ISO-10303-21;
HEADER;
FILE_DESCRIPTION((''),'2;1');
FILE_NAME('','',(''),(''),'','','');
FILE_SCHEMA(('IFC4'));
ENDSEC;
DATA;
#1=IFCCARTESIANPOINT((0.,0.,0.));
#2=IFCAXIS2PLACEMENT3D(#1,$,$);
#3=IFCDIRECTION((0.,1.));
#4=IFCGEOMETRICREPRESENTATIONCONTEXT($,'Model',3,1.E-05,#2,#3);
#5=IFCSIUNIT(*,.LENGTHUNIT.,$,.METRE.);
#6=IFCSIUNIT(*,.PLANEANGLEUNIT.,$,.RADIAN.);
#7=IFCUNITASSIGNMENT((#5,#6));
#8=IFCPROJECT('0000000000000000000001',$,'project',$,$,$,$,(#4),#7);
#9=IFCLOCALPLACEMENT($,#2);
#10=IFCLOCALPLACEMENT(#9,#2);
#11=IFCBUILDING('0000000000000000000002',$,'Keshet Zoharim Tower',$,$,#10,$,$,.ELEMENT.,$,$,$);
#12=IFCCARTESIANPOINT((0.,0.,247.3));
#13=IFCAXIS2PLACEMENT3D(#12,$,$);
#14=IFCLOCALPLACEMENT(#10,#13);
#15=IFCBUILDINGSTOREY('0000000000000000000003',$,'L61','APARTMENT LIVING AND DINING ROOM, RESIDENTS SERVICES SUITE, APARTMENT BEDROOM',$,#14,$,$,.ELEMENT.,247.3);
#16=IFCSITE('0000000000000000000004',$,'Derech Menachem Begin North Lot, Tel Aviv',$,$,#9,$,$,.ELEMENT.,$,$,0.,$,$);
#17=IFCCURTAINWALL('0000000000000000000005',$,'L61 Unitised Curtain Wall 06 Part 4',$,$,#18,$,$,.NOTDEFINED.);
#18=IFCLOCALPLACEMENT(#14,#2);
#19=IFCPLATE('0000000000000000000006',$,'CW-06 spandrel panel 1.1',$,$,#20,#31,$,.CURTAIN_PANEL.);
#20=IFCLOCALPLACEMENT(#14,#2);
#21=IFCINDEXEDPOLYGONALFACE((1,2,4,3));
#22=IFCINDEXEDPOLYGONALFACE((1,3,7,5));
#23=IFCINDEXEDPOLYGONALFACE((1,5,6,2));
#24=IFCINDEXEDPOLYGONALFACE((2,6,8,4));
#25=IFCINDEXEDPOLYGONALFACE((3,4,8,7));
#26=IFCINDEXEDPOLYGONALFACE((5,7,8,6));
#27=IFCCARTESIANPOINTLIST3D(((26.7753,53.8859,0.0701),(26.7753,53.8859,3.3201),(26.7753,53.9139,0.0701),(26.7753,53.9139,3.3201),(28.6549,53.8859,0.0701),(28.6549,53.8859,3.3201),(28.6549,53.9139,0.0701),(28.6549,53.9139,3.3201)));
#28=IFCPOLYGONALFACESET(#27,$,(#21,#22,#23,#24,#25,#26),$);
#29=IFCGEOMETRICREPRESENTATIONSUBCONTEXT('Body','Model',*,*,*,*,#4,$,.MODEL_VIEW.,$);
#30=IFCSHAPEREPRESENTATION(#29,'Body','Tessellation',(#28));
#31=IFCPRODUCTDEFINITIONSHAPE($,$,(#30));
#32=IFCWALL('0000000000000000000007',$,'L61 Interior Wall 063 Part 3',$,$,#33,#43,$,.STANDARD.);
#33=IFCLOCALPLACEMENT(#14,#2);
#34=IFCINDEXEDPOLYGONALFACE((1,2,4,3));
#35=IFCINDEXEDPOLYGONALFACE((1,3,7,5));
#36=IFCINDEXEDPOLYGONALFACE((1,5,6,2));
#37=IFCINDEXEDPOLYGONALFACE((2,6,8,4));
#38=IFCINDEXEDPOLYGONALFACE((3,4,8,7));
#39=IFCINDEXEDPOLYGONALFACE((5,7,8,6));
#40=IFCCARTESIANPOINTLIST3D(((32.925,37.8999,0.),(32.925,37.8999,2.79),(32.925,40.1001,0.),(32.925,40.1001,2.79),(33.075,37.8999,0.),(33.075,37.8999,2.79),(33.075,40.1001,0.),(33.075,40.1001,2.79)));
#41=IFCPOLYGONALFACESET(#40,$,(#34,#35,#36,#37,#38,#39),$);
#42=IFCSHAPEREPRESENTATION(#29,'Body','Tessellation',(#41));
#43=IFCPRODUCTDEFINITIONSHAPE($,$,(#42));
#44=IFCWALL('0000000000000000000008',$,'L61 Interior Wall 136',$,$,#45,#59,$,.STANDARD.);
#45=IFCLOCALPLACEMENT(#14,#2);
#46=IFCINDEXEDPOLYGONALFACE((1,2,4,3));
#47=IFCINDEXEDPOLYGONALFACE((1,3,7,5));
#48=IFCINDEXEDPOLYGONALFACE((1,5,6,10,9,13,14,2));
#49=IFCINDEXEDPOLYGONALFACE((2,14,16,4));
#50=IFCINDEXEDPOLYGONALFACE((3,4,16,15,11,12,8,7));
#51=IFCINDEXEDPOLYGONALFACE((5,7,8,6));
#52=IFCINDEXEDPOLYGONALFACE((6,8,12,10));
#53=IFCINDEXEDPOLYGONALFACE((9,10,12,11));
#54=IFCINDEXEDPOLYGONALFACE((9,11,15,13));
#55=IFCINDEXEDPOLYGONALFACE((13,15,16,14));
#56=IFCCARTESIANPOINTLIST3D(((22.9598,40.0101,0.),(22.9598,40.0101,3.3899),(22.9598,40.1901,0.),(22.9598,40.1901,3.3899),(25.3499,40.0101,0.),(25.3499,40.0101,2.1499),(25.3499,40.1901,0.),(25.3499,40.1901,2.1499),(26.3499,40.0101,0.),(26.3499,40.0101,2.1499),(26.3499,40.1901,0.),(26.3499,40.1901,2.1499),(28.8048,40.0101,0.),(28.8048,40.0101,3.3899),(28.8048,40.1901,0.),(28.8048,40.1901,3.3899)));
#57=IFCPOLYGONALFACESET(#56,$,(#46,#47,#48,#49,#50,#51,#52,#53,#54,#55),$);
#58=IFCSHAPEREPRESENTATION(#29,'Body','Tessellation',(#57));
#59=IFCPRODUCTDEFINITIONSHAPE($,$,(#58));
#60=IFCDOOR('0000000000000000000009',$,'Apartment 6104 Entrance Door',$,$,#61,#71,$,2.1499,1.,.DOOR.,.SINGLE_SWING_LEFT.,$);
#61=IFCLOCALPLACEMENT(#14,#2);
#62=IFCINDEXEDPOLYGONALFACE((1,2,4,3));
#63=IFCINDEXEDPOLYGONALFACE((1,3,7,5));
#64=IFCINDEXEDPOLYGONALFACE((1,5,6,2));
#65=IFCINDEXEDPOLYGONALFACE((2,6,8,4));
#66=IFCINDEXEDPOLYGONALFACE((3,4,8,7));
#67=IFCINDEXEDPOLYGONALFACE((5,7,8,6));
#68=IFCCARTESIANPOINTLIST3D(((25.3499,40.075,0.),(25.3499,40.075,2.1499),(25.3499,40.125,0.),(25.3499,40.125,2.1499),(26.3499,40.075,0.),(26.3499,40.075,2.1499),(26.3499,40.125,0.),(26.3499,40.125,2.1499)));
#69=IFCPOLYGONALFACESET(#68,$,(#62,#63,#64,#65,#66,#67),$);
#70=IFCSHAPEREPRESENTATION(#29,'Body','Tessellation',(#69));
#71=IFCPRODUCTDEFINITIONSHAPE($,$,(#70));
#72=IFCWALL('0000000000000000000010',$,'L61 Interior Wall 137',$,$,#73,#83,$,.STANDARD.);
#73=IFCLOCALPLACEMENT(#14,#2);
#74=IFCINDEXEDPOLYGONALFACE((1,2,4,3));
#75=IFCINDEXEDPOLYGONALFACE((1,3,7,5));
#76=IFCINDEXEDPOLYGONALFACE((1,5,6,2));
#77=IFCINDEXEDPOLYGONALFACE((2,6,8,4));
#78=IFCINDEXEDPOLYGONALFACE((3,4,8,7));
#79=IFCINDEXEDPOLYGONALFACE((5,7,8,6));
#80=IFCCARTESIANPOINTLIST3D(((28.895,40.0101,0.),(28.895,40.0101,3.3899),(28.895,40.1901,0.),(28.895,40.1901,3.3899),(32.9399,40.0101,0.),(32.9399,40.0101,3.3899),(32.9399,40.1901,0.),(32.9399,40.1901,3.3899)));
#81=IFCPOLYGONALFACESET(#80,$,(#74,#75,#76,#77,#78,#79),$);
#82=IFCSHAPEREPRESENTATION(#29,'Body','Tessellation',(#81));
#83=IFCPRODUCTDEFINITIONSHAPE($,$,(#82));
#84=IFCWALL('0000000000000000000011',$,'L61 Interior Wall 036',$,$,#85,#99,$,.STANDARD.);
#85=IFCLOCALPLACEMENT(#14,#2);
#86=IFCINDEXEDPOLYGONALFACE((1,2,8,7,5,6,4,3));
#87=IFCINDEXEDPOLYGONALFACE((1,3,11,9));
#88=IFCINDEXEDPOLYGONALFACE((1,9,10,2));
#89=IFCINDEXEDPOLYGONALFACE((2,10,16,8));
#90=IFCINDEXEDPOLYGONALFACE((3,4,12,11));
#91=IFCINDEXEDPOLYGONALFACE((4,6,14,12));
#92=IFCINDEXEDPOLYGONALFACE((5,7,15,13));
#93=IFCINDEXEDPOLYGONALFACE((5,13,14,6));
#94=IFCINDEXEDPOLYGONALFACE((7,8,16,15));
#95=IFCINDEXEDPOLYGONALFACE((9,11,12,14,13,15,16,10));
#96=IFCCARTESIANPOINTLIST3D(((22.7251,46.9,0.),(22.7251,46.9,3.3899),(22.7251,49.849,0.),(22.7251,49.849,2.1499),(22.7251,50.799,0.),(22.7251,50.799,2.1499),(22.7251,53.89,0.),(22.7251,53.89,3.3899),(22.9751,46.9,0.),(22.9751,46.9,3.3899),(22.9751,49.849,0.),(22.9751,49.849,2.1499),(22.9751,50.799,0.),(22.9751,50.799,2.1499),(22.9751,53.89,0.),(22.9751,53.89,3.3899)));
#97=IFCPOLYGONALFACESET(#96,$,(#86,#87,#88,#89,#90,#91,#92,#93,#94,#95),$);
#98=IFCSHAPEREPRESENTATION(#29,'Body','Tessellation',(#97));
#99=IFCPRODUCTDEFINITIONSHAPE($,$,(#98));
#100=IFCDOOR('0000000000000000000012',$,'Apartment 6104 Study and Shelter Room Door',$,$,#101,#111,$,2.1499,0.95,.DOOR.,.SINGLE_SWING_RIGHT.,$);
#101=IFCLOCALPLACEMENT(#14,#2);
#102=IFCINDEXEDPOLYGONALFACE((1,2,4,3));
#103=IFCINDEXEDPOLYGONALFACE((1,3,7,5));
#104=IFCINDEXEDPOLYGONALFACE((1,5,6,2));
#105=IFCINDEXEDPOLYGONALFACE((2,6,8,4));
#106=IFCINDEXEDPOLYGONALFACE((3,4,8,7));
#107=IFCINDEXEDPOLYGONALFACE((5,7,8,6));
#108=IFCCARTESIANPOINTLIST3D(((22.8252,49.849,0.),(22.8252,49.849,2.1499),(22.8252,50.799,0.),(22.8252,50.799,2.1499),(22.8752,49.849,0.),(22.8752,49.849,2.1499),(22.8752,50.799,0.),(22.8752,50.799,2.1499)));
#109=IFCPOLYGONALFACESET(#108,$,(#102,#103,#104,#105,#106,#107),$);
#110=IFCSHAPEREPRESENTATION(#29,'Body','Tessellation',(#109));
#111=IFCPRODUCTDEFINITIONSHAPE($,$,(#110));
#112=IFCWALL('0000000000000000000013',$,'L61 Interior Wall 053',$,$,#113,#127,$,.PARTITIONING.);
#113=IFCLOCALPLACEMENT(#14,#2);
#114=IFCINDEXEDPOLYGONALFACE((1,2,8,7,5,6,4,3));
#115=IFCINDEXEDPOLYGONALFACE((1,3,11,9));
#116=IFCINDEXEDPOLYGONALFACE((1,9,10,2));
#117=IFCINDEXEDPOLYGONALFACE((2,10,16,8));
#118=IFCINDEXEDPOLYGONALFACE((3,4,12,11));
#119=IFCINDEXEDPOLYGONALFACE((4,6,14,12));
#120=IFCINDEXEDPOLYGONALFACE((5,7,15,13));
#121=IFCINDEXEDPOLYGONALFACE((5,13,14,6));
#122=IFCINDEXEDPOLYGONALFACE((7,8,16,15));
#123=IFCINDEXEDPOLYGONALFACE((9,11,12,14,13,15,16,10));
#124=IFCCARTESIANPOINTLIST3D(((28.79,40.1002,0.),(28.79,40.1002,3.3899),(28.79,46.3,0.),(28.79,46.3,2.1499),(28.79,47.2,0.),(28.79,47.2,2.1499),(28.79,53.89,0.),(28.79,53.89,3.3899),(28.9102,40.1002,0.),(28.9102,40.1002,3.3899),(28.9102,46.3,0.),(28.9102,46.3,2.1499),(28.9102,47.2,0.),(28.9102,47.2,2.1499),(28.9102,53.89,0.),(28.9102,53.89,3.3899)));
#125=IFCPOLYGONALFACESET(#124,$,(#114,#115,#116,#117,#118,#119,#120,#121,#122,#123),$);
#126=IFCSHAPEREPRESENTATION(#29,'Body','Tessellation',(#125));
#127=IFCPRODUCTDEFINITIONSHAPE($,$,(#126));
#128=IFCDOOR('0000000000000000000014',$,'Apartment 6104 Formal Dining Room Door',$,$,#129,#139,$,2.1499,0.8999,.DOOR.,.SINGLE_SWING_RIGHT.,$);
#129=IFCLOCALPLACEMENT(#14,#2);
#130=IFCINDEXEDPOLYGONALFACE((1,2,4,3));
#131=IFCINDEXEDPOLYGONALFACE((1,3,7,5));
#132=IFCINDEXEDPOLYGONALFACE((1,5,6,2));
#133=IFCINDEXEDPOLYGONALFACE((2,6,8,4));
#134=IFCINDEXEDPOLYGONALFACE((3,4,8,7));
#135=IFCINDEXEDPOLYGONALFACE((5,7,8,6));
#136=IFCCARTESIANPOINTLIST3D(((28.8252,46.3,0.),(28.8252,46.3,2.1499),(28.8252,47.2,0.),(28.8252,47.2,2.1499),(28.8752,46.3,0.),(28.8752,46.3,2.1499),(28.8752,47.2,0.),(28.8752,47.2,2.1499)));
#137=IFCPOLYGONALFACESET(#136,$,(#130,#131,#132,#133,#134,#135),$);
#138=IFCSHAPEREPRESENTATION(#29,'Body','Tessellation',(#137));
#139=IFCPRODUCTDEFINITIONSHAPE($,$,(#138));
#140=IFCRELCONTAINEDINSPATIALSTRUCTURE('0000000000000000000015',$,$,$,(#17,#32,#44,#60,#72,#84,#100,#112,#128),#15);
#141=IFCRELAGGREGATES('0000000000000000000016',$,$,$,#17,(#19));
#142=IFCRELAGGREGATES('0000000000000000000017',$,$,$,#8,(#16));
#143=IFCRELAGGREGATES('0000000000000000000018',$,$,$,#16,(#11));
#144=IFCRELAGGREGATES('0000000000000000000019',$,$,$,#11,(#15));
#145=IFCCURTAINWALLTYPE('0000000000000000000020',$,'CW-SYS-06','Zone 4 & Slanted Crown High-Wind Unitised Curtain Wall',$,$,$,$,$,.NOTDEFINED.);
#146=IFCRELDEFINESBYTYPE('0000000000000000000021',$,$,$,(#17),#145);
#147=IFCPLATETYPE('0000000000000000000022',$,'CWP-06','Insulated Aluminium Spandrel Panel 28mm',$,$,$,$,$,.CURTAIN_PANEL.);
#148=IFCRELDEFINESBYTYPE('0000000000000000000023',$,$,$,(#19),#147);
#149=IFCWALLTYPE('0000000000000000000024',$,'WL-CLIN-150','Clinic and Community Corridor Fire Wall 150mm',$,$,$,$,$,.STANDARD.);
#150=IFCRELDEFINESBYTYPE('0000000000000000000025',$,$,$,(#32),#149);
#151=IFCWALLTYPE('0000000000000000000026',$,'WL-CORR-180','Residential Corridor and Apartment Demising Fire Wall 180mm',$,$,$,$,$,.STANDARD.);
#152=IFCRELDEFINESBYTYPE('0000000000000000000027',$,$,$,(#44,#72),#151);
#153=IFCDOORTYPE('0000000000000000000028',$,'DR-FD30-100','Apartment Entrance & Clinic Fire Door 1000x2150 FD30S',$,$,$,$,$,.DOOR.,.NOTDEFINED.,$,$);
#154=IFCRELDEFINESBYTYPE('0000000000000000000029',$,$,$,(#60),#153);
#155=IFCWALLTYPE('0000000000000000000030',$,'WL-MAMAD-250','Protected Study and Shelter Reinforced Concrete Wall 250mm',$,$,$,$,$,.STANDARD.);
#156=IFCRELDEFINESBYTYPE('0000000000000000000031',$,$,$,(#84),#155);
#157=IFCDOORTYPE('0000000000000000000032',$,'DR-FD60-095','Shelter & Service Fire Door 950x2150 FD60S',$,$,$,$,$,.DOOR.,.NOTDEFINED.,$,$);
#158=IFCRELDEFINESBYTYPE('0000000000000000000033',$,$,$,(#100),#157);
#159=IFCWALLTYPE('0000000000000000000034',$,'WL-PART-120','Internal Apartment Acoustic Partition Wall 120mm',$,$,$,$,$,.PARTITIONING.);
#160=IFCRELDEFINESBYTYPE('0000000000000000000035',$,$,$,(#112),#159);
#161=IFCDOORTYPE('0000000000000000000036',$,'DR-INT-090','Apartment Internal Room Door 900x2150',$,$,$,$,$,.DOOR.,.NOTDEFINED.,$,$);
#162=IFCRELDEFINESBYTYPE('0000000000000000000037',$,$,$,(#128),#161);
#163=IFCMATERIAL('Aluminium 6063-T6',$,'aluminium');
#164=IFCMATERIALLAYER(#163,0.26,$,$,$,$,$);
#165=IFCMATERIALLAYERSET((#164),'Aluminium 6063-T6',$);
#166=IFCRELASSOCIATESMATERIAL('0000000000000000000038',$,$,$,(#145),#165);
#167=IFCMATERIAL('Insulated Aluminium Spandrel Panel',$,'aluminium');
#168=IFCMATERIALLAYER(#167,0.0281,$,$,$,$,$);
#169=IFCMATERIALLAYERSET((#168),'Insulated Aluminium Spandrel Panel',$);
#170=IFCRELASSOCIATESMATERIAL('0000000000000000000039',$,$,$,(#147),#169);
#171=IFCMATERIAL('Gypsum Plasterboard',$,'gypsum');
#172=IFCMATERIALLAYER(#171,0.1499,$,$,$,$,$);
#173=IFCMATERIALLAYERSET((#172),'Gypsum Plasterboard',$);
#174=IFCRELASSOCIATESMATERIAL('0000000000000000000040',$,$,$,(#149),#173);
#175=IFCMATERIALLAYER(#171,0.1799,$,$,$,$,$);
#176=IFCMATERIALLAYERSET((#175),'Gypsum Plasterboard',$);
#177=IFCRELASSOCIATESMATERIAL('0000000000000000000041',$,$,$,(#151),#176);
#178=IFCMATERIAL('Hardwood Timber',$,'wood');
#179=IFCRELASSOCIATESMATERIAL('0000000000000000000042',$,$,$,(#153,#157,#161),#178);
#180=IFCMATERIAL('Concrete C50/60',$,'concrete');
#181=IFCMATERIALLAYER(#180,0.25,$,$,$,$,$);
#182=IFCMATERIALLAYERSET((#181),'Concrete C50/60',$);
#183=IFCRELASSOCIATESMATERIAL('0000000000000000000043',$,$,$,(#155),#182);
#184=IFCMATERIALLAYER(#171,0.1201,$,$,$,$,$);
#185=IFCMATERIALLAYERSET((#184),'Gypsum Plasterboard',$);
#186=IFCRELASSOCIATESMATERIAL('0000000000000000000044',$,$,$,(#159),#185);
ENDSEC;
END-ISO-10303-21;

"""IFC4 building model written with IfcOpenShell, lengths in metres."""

from ifc_helpers import new_model, si_unit, direction, frame, frame_2d, origin, origin_2d, place, context, subcontext, project, spatial, rectangle, extrude, material, layer, layer_set, type_object, element, fill, aggregate, save


model = new_model("IFC4")

# Units and contexts
model_context = context("Model", 3, precision=1e-05, world=origin(), true_north=direction((0.0, 1.0)))
body_context = subcontext(model_context, "Body", "Model", "MODEL_VIEW")
ifc_project = project(units=[si_unit("LENGTHUNIT", "METRE"), si_unit("PLANEANGLEUNIT", "RADIAN")], contexts=[model_context])

# Site, building, storey
site_placement = place(None, origin())
site = spatial("IfcSite", under=ifc_project, at=site_placement, Name="Derech Menachem Begin North Lot, Tel Aviv", CompositionType="ELEMENT", RefElevation=0.0)
building_placement = place(site_placement, origin())
building = spatial("IfcBuilding", under=site, at=building_placement, Name="Keshet Zoharim Tower", CompositionType="ELEMENT")
storey_placement = place(building_placement, frame((0.0, 0.0, 247.3)))
storey = spatial("IfcBuildingStorey", under=building, at=storey_placement, Name="L61", Description="APARTMENT LIVING AND DINING ROOM, RESIDENTS SERVICES SUITE, APARTMENT BEDROOM", CompositionType="ELEMENT", Elevation=247.3)

# Shared definitions
ifc_material_1 = material(Name="Aluminium 6063-T6", Category="aluminium")
ifc_layer_1 = layer(ifc_material_1, 0.26)
ifc_layer_set_1 = layer_set([ifc_layer_1], Name="Aluminium 6063-T6")
curtain_wall_type = type_object("IfcCurtainWallType", Name="CW-SYS-06", Description="Zone 4 & Slanted Crown High-Wind Unitised Curtain Wall", PredefinedType="NOTDEFINED", material=ifc_layer_set_1)

# Curtain wall
curtain_wall_1_placement = place(storey_placement, origin())
curtain_wall_1 = element("IfcCurtainWall", 1, at=curtain_wall_1_placement, inside=storey, type_object=curtain_wall_type, Name="L61 Unitised Curtain Wall 06 Part 4", PredefinedType="NOTDEFINED")

# Plate
ifc_material_2 = material(Name="Insulated Aluminium Spandrel Panel", Category="aluminium")
ifc_layer_2 = layer(ifc_material_2, 0.0281)
ifc_layer_set_2 = layer_set([ifc_layer_2], Name="Insulated Aluminium Spandrel Panel")
plate_type_1 = type_object("IfcPlateType", Name="CWP-06", Description="Insulated Aluminium Spandrel Panel 28mm", PredefinedType="CURTAIN_PANEL", material=ifc_layer_set_2)
plate_1_placement = place(storey_placement, frame((27.7151, 53.8999, 0.0701), z_axis=(0.0, 0.0, 1.0), x_axis=(1.0, 0.0, 0.0)))
plate_1 = element("IfcPlate", 2, at=plate_1_placement, type_object=plate_type_1, Name="CW-06 spandrel panel 1.1", PredefinedType="CURTAIN_PANEL", context=body_context, shape_type="SweptSolid", body=[
    extrude(rectangle(XDim=1.8796, YDim=0.0281, at=origin_2d()), origin(), (0.0, 0.0, 1.0), 3.25),
])
aggregate(curtain_wall_1, [plate_1])

# Wall
ifc_material_3 = material(Name="Gypsum Plasterboard", Category="gypsum")
ifc_layer_3 = layer(ifc_material_3, 0.1499)
ifc_layer_set_3 = layer_set([ifc_layer_3], Name="Gypsum Plasterboard")
wall_type_1 = type_object("IfcWallType", Name="WL-CLIN-150", Description="Clinic and Community Corridor Fire Wall 150mm", PredefinedType="STANDARD", material=ifc_layer_set_3)
wall_1_placement = place(storey_placement, frame((33.0, 37.8999, 0.0), z_axis=(0.0, 0.0, 1.0), x_axis=(0.0, 1.0, 0.0)))
element("IfcWall", 3, at=wall_1_placement, inside=storey, type_object=wall_type_1, Name="L61 Interior Wall 063 Part 3", PredefinedType="STANDARD", context=body_context, shape_type="SweptSolid", body=[
    extrude(rectangle(XDim=2.2002, YDim=0.1499, at=frame_2d((1.1001, 0.0))), origin(), (0.0, 0.0, 1.0), 2.79),
])

# Wall, opening, door
ifc_layer_4 = layer(ifc_material_3, 0.1799)
ifc_layer_set_4 = layer_set([ifc_layer_4], Name="Gypsum Plasterboard")
wall_type_2 = type_object("IfcWallType", Name="WL-CORR-180", Description="Residential Corridor and Apartment Demising Fire Wall 180mm", PredefinedType="STANDARD", material=ifc_layer_set_4)
wall_2_placement = place(storey_placement, frame((22.96, 40.1001, 0.0), z_axis=(0.0, 0.0, 1.0), x_axis=(1.0, 0.0, 0.0)))
wall_2 = element("IfcWall", 4, at=wall_2_placement, inside=storey, type_object=wall_type_2, Name="L61 Interior Wall 136", PredefinedType="STANDARD", context=body_context, shape_type="SweptSolid", body=[
    extrude(rectangle(XDim=5.845, YDim=0.1799, at=frame_2d((2.9224, 0.0))), origin(), (0.0, 0.0, 1.0), 3.3899),
])
opening_1_placement = place(wall_2_placement, frame((2.3899, 0.0, 0.0)))
opening_1 = element("IfcOpeningElement", 5, at=opening_1_placement, cuts=wall_2, PredefinedType="OPENING", context=body_context, shape_type="SweptSolid", body=[
    extrude(rectangle(XDim=1.0, YDim=2.1499, at=frame_2d((0.5, 1.075))), frame((0.0, 0.1001, 0.0), z_axis=(0.0, -1.0, 0.0), x_axis=(1.0, 0.0, 0.0)), (0.0, 0.0, 1.0), 0.2),
])
ifc_material_4 = material(Name="Hardwood Timber", Category="wood")
door_type_1 = type_object("IfcDoorType", Name="DR-FD30-100", Description="Apartment Entrance & Clinic Fire Door 1000x2150 FD30S", OperationType="NOTDEFINED", PredefinedType="DOOR", material=ifc_material_4)
door_1_placement = place(opening_1_placement, origin())
door_1 = element("IfcDoor", 6, at=door_1_placement, inside=storey, type_object=door_type_1, Name="Apartment 6104 Entrance Door", OperationType="SINGLE_SWING_LEFT", OverallHeight=2.1499, OverallWidth=1.0, PredefinedType="DOOR", context=body_context, shape_type="SweptSolid", body=[
    extrude(rectangle(XDim=1.0, YDim=2.1499, at=frame_2d((0.5, 1.075))), frame((0.0, 0.0249, 0.0), z_axis=(0.0, -1.0, 0.0), x_axis=(1.0, 0.0, 0.0)), (0.0, 0.0, 1.0), 0.05),
])
fill(opening_1, door_1)

# Wall
wall_3_placement = place(storey_placement, frame((28.895, 40.1001, 0.0), z_axis=(0.0, 0.0, 1.0), x_axis=(1.0, 0.0, 0.0)))
element("IfcWall", 7, at=wall_3_placement, inside=storey, type_object=wall_type_2, Name="L61 Interior Wall 137", PredefinedType="STANDARD", context=body_context, shape_type="SweptSolid", body=[
    extrude(rectangle(XDim=4.0449, YDim=0.1799, at=frame_2d((2.0225, 0.0))), origin(), (0.0, 0.0, 1.0), 3.3899),
])

# Walls, openings, doors
ifc_material_5 = material(Name="Concrete C50/60", Category="concrete")
ifc_layer_5 = layer(ifc_material_5, 0.25)
ifc_layer_set_5 = layer_set([ifc_layer_5], Name="Concrete C50/60")
wall_type_3 = type_object("IfcWallType", Name="WL-MAMAD-250", Description="Protected Study and Shelter Reinforced Concrete Wall 250mm", PredefinedType="STANDARD", material=ifc_layer_set_5)
wall_4_placement = place(storey_placement, frame((22.8501, 46.8999, 0.0), z_axis=(0.0, 0.0, 1.0), x_axis=(0.0, 1.0, 0.0)))
wall_4 = element("IfcWall", 8, at=wall_4_placement, inside=storey, type_object=wall_type_3, Name="L61 Interior Wall 036", PredefinedType="STANDARD", context=body_context, shape_type="SweptSolid", body=[
    extrude(rectangle(XDim=6.99, YDim=0.25, at=frame_2d((3.4951, 0.0))), origin(), (0.0, 0.0, 1.0), 3.3899),
])
opening_2_placement = place(wall_4_placement, frame((2.949, 0.0, 0.0)))
opening_2 = element("IfcOpeningElement", 9, at=opening_2_placement, cuts=wall_4, PredefinedType="OPENING", context=body_context, shape_type="SweptSolid", body=[
    extrude(rectangle(XDim=0.95, YDim=2.1499, at=frame_2d((0.4751, 1.075))), frame((0.0, 0.135, 0.0), z_axis=(0.0, -1.0, 0.0), x_axis=(1.0, 0.0, 0.0)), (0.0, 0.0, 1.0), 0.27),
])
door_type_2 = type_object("IfcDoorType", Name="DR-FD60-095", Description="Shelter & Service Fire Door 950x2150 FD60S", OperationType="NOTDEFINED", PredefinedType="DOOR", material=ifc_material_4)
door_2_placement = place(opening_2_placement, origin())
door_2 = element("IfcDoor", 10, at=door_2_placement, inside=storey, type_object=door_type_2, Name="Apartment 6104 Study and Shelter Room Door", OperationType="SINGLE_SWING_RIGHT", OverallHeight=2.1499, OverallWidth=0.95, PredefinedType="DOOR", context=body_context, shape_type="SweptSolid", body=[
    extrude(rectangle(XDim=0.95, YDim=2.1499, at=frame_2d((0.4751, 1.075))), frame((0.0, 0.0249, 0.0), z_axis=(0.0, -1.0, 0.0), x_axis=(1.0, 0.0, 0.0)), (0.0, 0.0, 1.0), 0.05),
])
fill(opening_2, door_2)
ifc_layer_6 = layer(ifc_material_3, 0.1201)
ifc_layer_set_6 = layer_set([ifc_layer_6], Name="Gypsum Plasterboard")
wall_type_4 = type_object("IfcWallType", Name="WL-PART-120", Description="Internal Apartment Acoustic Partition Wall 120mm", PredefinedType="PARTITIONING", material=ifc_layer_set_6)
wall_5_placement = place(storey_placement, frame((28.8501, 40.1001, 0.0), z_axis=(0.0, 0.0, 1.0), x_axis=(0.0, 1.0, 0.0)))
wall_5 = element("IfcWall", 11, at=wall_5_placement, inside=storey, type_object=wall_type_4, Name="L61 Interior Wall 053", PredefinedType="PARTITIONING", context=body_context, shape_type="SweptSolid", body=[
    extrude(rectangle(XDim=13.7898, YDim=0.1201, at=frame_2d((6.895, 0.0))), origin(), (0.0, 0.0, 1.0), 3.3899),
])
opening_3_placement = place(wall_5_placement, frame((6.2, 0.0, 0.0)))
opening_3 = element("IfcOpeningElement", 12, at=opening_3_placement, cuts=wall_5, PredefinedType="OPENING", context=body_context, shape_type="SweptSolid", body=[
    extrude(rectangle(XDim=0.8999, YDim=2.1499, at=frame_2d((0.45, 1.075))), frame((0.0, 0.0701, 0.0), z_axis=(0.0, -1.0, 0.0), x_axis=(1.0, 0.0, 0.0)), (0.0, 0.0, 1.0), 0.1401),
])
door_type_3 = type_object("IfcDoorType", Name="DR-INT-090", Description="Apartment Internal Room Door 900x2150", OperationType="NOTDEFINED", PredefinedType="DOOR", material=ifc_material_4)
door_3_placement = place(opening_3_placement, origin())
door_3 = element("IfcDoor", 13, at=door_3_placement, inside=storey, type_object=door_type_3, Name="Apartment 6104 Formal Dining Room Door", OperationType="SINGLE_SWING_RIGHT", OverallHeight=2.1499, OverallWidth=0.8999, PredefinedType="DOOR", context=body_context, shape_type="SweptSolid", body=[
    extrude(rectangle(XDim=0.8999, YDim=2.1499, at=frame_2d((0.45, 1.075))), frame((0.0, 0.0249, 0.0), z_axis=(0.0, -1.0, 0.0), x_axis=(1.0, 0.0, 0.0)), (0.0, 0.0, 1.0), 0.05),
])
fill(opening_3, door_3)

save(model, "model.ifc")
